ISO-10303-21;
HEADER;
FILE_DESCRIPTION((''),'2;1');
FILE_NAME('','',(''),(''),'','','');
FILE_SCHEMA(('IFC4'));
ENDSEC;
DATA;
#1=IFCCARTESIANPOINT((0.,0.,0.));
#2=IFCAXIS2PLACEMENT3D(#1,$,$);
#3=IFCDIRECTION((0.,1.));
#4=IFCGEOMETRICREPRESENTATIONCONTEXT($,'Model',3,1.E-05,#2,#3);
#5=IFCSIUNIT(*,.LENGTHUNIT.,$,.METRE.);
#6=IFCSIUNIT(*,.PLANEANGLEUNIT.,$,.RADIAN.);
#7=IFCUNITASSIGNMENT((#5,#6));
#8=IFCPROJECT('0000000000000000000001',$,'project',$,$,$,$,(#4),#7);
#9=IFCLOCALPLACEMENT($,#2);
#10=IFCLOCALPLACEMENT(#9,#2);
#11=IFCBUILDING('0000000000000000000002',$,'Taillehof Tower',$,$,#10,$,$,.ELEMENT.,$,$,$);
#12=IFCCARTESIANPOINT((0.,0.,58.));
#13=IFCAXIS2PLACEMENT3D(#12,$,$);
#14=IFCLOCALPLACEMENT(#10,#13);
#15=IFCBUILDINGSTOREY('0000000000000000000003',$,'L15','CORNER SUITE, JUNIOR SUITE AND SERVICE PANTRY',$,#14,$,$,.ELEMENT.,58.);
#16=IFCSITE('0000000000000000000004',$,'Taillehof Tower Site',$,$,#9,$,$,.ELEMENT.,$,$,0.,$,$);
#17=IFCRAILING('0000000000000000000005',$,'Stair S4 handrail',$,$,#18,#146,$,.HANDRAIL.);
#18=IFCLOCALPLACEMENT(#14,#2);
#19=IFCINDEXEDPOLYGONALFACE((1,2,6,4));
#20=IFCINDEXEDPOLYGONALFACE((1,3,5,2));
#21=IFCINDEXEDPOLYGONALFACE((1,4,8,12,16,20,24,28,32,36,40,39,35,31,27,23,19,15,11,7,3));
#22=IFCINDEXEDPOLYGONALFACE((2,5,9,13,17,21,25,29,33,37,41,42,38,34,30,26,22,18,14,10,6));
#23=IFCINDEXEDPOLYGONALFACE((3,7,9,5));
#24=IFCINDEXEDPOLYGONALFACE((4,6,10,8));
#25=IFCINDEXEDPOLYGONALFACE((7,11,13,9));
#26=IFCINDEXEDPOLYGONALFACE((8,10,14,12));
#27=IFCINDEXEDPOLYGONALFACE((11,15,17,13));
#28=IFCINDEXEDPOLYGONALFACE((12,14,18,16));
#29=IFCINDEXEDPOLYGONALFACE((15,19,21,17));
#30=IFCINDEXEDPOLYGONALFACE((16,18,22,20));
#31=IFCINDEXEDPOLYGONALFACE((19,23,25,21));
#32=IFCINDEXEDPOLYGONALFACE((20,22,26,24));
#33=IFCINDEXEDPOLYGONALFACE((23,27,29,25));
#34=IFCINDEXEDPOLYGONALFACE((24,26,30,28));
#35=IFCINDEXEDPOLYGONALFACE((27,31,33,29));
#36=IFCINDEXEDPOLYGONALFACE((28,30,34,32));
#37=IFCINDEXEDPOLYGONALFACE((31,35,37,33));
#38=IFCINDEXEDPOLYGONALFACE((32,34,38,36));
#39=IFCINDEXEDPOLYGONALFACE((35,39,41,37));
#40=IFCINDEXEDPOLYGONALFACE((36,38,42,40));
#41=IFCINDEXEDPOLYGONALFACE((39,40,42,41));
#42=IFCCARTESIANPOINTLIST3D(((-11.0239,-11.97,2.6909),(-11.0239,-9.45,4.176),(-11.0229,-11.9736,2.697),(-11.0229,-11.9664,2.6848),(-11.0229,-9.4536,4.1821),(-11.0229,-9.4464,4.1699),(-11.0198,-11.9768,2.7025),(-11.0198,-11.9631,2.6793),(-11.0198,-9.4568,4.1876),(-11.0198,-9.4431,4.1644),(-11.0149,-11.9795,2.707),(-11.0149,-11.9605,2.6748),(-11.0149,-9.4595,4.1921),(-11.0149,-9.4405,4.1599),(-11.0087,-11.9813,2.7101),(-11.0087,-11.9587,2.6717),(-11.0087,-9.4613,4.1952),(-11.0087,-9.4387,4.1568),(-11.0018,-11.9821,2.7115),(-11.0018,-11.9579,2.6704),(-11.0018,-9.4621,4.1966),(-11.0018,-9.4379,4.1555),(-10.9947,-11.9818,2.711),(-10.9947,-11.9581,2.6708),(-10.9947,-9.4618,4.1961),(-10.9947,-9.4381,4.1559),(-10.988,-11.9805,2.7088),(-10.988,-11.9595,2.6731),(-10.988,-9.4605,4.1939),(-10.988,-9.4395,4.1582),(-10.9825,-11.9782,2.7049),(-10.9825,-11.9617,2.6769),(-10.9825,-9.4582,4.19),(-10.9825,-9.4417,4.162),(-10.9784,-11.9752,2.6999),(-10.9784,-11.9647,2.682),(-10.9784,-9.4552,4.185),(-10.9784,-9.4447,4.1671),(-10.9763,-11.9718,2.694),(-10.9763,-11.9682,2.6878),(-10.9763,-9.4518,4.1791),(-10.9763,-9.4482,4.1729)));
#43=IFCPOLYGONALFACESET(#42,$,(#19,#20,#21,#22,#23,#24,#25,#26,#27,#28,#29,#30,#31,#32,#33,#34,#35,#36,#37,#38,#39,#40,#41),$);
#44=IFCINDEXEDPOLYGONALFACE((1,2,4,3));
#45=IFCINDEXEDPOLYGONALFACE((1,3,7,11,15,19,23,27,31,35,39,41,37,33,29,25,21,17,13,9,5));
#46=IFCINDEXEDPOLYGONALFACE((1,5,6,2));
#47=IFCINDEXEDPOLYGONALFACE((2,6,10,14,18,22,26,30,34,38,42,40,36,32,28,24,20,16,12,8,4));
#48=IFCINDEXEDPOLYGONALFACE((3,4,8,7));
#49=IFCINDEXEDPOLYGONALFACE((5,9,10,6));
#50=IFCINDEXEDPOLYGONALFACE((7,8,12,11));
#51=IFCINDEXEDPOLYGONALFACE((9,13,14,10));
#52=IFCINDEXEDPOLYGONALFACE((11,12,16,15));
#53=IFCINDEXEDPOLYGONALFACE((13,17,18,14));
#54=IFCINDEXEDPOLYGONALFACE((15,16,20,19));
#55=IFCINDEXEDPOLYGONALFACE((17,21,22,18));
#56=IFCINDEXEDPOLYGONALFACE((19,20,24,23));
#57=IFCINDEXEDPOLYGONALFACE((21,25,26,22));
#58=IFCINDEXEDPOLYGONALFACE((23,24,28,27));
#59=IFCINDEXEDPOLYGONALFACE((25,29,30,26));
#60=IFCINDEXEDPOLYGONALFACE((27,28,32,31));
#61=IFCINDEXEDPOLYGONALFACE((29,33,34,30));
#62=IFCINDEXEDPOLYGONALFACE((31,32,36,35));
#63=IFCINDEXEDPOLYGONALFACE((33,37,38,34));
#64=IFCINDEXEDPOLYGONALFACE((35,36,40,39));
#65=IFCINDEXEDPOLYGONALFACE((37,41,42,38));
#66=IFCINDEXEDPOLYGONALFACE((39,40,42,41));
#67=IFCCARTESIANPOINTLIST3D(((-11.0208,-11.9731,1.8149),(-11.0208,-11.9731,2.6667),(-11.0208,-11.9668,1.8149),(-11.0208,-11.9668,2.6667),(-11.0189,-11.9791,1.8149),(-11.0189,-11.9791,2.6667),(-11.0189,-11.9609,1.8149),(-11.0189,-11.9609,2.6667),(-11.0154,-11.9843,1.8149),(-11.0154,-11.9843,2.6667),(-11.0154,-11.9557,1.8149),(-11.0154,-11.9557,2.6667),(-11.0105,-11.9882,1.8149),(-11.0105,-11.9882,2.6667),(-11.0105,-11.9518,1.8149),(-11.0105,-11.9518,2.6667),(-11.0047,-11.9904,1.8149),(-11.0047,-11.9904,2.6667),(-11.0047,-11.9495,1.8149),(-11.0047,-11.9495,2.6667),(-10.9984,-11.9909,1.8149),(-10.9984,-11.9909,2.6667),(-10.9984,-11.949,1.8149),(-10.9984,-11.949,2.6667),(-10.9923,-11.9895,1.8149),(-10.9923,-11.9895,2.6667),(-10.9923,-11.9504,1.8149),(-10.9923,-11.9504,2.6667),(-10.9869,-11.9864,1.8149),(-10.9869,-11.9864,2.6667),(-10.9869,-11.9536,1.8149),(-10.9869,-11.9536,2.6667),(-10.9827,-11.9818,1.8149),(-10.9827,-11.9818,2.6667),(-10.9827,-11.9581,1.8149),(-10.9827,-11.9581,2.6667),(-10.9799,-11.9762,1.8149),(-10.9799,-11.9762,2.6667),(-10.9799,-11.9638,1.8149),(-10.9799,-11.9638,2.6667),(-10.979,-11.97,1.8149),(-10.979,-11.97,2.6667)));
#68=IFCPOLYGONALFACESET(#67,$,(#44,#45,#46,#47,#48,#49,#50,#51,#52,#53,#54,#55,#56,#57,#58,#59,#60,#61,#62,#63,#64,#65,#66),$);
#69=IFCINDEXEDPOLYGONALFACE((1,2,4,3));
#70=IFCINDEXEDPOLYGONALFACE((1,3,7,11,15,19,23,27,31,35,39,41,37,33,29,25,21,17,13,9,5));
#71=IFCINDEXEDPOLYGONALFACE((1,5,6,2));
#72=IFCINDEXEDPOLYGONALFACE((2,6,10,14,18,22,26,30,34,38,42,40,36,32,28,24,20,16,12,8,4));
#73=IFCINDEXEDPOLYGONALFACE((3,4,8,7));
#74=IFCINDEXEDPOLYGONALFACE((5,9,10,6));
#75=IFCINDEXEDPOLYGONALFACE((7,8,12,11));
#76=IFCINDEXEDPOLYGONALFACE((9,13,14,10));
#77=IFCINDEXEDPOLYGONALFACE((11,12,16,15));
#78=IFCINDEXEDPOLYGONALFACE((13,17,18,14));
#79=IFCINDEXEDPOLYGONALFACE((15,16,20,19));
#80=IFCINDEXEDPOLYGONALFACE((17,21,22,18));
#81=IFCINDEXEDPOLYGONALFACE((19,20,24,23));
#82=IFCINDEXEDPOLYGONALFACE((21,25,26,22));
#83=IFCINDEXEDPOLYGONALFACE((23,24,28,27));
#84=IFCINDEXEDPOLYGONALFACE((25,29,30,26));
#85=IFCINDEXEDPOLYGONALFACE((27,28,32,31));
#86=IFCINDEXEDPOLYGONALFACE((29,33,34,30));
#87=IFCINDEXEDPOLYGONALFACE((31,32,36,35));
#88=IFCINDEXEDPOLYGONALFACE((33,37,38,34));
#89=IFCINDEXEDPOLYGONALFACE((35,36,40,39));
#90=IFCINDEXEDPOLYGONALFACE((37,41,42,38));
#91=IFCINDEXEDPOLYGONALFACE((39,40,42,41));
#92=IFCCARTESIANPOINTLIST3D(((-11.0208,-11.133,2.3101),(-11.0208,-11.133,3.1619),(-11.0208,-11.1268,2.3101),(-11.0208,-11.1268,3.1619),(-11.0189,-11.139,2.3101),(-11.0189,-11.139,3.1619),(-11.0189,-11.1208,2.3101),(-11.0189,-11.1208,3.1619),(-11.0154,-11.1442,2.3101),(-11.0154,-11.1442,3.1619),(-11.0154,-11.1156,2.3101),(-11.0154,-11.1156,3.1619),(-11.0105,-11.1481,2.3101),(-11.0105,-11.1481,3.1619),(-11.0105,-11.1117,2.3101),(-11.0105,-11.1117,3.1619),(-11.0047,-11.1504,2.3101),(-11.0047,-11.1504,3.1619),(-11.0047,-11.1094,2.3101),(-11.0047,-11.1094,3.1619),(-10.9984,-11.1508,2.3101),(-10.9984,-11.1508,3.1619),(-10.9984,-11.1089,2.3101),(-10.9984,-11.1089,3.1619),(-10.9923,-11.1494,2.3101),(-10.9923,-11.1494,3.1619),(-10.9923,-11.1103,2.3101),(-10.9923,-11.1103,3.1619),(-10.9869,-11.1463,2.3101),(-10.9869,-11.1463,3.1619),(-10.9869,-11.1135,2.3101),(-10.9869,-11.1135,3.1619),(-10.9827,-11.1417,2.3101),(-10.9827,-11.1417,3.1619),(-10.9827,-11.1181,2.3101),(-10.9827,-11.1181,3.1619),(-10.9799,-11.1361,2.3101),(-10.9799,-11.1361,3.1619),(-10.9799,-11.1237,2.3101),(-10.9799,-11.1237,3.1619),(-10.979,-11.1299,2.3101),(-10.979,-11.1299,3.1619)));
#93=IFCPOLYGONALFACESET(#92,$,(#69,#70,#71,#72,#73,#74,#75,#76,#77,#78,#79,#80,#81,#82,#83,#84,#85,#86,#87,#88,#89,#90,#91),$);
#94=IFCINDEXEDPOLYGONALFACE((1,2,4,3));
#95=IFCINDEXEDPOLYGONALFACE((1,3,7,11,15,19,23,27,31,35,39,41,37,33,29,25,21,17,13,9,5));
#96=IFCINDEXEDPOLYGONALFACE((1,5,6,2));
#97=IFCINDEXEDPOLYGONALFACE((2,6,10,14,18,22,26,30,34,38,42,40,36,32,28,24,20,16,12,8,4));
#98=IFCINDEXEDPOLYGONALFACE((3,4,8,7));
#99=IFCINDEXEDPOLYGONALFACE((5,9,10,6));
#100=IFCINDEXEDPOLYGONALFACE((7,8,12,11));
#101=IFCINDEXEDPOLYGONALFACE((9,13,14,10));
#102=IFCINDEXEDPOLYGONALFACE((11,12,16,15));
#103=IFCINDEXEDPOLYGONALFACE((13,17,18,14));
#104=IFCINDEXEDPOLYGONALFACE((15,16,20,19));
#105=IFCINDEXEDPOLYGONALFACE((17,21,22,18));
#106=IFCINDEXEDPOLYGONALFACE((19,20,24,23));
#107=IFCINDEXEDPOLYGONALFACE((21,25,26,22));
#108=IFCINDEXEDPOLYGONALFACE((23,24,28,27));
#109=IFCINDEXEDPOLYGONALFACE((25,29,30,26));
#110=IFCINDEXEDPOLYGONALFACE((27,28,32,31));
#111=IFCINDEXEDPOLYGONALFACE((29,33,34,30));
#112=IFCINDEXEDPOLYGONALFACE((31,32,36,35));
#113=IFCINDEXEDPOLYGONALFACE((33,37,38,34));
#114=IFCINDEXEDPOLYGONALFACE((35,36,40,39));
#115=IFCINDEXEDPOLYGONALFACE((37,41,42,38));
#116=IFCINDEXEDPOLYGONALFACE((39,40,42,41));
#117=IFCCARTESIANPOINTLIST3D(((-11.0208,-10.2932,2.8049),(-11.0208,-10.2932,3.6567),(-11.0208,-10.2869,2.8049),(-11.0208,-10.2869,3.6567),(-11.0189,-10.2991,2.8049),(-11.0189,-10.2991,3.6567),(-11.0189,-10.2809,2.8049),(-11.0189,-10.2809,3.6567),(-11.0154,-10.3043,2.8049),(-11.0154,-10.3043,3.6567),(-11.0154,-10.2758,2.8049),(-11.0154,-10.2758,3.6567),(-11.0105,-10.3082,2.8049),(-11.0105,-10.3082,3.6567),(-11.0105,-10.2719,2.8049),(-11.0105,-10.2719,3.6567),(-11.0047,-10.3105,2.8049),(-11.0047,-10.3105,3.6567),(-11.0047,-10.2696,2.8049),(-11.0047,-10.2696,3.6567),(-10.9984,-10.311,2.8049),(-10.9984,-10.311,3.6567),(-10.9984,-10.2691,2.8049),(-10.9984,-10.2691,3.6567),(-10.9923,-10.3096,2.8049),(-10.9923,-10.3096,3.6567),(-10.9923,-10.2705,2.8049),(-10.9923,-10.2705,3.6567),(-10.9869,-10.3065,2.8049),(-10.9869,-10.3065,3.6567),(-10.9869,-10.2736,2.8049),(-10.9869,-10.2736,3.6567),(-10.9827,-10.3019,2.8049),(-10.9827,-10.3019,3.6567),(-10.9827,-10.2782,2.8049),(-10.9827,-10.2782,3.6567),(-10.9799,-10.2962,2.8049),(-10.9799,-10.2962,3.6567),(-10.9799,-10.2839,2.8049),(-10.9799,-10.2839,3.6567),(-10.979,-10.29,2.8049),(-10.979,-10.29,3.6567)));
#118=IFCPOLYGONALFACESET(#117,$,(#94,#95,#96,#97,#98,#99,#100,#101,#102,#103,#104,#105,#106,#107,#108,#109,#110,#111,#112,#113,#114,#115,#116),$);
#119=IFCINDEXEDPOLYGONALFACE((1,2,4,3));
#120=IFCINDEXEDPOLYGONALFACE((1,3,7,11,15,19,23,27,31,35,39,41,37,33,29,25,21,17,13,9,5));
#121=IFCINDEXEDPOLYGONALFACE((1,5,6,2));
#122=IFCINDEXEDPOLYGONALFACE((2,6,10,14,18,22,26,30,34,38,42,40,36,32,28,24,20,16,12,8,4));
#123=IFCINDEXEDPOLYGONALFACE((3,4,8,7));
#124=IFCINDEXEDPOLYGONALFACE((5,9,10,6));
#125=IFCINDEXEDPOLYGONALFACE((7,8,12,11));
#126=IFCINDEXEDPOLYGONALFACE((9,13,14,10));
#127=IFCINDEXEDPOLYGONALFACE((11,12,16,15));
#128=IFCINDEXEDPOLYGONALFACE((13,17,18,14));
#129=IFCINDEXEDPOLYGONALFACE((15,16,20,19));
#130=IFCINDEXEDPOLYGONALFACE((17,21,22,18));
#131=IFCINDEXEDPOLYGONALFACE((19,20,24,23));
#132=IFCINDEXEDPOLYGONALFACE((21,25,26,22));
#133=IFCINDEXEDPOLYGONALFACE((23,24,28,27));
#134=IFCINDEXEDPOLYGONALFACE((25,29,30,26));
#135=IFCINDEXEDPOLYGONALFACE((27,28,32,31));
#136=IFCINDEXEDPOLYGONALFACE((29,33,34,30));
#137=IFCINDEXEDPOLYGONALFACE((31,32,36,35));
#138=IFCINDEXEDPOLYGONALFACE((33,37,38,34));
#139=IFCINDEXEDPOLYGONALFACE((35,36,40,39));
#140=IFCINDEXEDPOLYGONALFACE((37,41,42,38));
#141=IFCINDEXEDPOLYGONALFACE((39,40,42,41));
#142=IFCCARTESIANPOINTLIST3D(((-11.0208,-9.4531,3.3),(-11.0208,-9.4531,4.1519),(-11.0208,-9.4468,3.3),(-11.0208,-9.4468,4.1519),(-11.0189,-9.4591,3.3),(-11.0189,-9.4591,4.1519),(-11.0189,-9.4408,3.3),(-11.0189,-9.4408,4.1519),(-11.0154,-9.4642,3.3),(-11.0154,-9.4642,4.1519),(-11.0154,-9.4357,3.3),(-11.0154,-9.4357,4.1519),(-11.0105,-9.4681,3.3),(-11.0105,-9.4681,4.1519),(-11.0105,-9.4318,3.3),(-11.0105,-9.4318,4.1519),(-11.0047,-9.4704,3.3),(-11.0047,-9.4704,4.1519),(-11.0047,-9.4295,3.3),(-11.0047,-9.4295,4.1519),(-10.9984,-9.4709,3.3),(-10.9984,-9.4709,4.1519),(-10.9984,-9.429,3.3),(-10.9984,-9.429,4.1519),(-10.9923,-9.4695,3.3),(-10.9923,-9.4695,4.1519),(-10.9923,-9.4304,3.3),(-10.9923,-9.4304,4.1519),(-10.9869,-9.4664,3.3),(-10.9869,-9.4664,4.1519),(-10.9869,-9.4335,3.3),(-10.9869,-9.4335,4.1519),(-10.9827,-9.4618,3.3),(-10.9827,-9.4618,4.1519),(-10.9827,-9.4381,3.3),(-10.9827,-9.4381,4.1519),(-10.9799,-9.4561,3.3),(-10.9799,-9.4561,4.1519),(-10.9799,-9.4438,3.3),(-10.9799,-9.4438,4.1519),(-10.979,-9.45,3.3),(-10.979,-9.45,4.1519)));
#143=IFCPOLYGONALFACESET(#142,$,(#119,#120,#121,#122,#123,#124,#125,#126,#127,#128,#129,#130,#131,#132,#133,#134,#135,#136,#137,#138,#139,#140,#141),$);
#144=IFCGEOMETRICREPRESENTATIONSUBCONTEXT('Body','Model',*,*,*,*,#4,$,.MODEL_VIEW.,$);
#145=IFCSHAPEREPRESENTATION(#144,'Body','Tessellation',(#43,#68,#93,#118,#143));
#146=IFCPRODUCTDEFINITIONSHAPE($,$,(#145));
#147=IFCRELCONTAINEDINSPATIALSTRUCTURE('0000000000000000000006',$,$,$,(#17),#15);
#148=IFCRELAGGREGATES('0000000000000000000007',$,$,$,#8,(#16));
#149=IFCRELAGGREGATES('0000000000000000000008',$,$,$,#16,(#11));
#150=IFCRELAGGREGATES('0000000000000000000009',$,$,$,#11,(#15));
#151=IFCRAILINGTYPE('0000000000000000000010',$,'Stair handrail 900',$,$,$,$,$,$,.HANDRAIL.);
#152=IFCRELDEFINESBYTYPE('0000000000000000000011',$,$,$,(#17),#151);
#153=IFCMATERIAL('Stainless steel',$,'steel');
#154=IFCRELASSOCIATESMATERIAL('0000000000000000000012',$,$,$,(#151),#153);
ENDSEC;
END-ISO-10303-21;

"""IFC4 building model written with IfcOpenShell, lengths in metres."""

from ifc_helpers import new_model, si_unit, direction, frame, origin, origin_2d, place, context, subcontext, project, spatial, circle, extrude, material, type_object, element, save


model = new_model("IFC4")

# Units and contexts
model_context = context("Model", 3, precision=1e-05, world=origin(), true_north=direction((0.0, 1.0)))
body_context = subcontext(model_context, "Body", "Model", "MODEL_VIEW")
ifc_project = project(units=[si_unit("LENGTHUNIT", "METRE"), si_unit("PLANEANGLEUNIT", "RADIAN")], contexts=[model_context])

# Site, building, storey
site_placement = place(None, origin())
site = spatial("IfcSite", under=ifc_project, at=site_placement, Name="Taillehof Tower Site", CompositionType="ELEMENT", RefElevation=0.0)
building_placement = place(site_placement, origin())
building = spatial("IfcBuilding", under=site, at=building_placement, Name="Taillehof Tower", CompositionType="ELEMENT")
storey_placement = place(building_placement, frame((0.0, 0.0, 58.0)))
storey = spatial("IfcBuildingStorey", under=building, at=storey_placement, Name="L15", Description="CORNER SUITE, JUNIOR SUITE AND SERVICE PANTRY", CompositionType="ELEMENT", Elevation=58.0)

# Railing
ifc_material_1 = material(Name="Stainless steel", Category="steel")
railing_type = type_object("IfcRailingType", Name="Stair handrail 900", PredefinedType="HANDRAIL", material=ifc_material_1)
railing_placement = place(storey_placement, frame((-11.0, -11.97, 1.8149)))
element("IfcRailing", 1, at=railing_placement, inside=storey, type_object=railing_type, Name="Stair S4 handrail", PredefinedType="HANDRAIL", context=body_context, shape_type="SweptSolid", body=[
    extrude(circle(Radius=0.0239, at=origin_2d()), frame((0.0, 0.0, 0.876), z_axis=(0.0, 0.861524, 0.507717), x_axis=(-1.0, 0.0, 0.0)), (0.0, 0.0, 1.0), 2.925),
    extrude(circle(Radius=0.021, at=origin_2d()), origin(), (0.0, 0.0, 1.0), 0.8518),
    extrude(circle(Radius=0.021, at=origin_2d()), frame((0.0, 0.8401, 0.4951)), (0.0, 0.0, 1.0), 0.8518),
    extrude(circle(Radius=0.021, at=origin_2d()), frame((0.0, 1.6799, 0.99)), (0.0, 0.0, 1.0), 0.8518),
    extrude(circle(Radius=0.021, at=origin_2d()), frame((0.0, 2.52, 1.4851)), (0.0, 0.0, 1.0), 0.8518),
])

save(model, "model.ifc")
